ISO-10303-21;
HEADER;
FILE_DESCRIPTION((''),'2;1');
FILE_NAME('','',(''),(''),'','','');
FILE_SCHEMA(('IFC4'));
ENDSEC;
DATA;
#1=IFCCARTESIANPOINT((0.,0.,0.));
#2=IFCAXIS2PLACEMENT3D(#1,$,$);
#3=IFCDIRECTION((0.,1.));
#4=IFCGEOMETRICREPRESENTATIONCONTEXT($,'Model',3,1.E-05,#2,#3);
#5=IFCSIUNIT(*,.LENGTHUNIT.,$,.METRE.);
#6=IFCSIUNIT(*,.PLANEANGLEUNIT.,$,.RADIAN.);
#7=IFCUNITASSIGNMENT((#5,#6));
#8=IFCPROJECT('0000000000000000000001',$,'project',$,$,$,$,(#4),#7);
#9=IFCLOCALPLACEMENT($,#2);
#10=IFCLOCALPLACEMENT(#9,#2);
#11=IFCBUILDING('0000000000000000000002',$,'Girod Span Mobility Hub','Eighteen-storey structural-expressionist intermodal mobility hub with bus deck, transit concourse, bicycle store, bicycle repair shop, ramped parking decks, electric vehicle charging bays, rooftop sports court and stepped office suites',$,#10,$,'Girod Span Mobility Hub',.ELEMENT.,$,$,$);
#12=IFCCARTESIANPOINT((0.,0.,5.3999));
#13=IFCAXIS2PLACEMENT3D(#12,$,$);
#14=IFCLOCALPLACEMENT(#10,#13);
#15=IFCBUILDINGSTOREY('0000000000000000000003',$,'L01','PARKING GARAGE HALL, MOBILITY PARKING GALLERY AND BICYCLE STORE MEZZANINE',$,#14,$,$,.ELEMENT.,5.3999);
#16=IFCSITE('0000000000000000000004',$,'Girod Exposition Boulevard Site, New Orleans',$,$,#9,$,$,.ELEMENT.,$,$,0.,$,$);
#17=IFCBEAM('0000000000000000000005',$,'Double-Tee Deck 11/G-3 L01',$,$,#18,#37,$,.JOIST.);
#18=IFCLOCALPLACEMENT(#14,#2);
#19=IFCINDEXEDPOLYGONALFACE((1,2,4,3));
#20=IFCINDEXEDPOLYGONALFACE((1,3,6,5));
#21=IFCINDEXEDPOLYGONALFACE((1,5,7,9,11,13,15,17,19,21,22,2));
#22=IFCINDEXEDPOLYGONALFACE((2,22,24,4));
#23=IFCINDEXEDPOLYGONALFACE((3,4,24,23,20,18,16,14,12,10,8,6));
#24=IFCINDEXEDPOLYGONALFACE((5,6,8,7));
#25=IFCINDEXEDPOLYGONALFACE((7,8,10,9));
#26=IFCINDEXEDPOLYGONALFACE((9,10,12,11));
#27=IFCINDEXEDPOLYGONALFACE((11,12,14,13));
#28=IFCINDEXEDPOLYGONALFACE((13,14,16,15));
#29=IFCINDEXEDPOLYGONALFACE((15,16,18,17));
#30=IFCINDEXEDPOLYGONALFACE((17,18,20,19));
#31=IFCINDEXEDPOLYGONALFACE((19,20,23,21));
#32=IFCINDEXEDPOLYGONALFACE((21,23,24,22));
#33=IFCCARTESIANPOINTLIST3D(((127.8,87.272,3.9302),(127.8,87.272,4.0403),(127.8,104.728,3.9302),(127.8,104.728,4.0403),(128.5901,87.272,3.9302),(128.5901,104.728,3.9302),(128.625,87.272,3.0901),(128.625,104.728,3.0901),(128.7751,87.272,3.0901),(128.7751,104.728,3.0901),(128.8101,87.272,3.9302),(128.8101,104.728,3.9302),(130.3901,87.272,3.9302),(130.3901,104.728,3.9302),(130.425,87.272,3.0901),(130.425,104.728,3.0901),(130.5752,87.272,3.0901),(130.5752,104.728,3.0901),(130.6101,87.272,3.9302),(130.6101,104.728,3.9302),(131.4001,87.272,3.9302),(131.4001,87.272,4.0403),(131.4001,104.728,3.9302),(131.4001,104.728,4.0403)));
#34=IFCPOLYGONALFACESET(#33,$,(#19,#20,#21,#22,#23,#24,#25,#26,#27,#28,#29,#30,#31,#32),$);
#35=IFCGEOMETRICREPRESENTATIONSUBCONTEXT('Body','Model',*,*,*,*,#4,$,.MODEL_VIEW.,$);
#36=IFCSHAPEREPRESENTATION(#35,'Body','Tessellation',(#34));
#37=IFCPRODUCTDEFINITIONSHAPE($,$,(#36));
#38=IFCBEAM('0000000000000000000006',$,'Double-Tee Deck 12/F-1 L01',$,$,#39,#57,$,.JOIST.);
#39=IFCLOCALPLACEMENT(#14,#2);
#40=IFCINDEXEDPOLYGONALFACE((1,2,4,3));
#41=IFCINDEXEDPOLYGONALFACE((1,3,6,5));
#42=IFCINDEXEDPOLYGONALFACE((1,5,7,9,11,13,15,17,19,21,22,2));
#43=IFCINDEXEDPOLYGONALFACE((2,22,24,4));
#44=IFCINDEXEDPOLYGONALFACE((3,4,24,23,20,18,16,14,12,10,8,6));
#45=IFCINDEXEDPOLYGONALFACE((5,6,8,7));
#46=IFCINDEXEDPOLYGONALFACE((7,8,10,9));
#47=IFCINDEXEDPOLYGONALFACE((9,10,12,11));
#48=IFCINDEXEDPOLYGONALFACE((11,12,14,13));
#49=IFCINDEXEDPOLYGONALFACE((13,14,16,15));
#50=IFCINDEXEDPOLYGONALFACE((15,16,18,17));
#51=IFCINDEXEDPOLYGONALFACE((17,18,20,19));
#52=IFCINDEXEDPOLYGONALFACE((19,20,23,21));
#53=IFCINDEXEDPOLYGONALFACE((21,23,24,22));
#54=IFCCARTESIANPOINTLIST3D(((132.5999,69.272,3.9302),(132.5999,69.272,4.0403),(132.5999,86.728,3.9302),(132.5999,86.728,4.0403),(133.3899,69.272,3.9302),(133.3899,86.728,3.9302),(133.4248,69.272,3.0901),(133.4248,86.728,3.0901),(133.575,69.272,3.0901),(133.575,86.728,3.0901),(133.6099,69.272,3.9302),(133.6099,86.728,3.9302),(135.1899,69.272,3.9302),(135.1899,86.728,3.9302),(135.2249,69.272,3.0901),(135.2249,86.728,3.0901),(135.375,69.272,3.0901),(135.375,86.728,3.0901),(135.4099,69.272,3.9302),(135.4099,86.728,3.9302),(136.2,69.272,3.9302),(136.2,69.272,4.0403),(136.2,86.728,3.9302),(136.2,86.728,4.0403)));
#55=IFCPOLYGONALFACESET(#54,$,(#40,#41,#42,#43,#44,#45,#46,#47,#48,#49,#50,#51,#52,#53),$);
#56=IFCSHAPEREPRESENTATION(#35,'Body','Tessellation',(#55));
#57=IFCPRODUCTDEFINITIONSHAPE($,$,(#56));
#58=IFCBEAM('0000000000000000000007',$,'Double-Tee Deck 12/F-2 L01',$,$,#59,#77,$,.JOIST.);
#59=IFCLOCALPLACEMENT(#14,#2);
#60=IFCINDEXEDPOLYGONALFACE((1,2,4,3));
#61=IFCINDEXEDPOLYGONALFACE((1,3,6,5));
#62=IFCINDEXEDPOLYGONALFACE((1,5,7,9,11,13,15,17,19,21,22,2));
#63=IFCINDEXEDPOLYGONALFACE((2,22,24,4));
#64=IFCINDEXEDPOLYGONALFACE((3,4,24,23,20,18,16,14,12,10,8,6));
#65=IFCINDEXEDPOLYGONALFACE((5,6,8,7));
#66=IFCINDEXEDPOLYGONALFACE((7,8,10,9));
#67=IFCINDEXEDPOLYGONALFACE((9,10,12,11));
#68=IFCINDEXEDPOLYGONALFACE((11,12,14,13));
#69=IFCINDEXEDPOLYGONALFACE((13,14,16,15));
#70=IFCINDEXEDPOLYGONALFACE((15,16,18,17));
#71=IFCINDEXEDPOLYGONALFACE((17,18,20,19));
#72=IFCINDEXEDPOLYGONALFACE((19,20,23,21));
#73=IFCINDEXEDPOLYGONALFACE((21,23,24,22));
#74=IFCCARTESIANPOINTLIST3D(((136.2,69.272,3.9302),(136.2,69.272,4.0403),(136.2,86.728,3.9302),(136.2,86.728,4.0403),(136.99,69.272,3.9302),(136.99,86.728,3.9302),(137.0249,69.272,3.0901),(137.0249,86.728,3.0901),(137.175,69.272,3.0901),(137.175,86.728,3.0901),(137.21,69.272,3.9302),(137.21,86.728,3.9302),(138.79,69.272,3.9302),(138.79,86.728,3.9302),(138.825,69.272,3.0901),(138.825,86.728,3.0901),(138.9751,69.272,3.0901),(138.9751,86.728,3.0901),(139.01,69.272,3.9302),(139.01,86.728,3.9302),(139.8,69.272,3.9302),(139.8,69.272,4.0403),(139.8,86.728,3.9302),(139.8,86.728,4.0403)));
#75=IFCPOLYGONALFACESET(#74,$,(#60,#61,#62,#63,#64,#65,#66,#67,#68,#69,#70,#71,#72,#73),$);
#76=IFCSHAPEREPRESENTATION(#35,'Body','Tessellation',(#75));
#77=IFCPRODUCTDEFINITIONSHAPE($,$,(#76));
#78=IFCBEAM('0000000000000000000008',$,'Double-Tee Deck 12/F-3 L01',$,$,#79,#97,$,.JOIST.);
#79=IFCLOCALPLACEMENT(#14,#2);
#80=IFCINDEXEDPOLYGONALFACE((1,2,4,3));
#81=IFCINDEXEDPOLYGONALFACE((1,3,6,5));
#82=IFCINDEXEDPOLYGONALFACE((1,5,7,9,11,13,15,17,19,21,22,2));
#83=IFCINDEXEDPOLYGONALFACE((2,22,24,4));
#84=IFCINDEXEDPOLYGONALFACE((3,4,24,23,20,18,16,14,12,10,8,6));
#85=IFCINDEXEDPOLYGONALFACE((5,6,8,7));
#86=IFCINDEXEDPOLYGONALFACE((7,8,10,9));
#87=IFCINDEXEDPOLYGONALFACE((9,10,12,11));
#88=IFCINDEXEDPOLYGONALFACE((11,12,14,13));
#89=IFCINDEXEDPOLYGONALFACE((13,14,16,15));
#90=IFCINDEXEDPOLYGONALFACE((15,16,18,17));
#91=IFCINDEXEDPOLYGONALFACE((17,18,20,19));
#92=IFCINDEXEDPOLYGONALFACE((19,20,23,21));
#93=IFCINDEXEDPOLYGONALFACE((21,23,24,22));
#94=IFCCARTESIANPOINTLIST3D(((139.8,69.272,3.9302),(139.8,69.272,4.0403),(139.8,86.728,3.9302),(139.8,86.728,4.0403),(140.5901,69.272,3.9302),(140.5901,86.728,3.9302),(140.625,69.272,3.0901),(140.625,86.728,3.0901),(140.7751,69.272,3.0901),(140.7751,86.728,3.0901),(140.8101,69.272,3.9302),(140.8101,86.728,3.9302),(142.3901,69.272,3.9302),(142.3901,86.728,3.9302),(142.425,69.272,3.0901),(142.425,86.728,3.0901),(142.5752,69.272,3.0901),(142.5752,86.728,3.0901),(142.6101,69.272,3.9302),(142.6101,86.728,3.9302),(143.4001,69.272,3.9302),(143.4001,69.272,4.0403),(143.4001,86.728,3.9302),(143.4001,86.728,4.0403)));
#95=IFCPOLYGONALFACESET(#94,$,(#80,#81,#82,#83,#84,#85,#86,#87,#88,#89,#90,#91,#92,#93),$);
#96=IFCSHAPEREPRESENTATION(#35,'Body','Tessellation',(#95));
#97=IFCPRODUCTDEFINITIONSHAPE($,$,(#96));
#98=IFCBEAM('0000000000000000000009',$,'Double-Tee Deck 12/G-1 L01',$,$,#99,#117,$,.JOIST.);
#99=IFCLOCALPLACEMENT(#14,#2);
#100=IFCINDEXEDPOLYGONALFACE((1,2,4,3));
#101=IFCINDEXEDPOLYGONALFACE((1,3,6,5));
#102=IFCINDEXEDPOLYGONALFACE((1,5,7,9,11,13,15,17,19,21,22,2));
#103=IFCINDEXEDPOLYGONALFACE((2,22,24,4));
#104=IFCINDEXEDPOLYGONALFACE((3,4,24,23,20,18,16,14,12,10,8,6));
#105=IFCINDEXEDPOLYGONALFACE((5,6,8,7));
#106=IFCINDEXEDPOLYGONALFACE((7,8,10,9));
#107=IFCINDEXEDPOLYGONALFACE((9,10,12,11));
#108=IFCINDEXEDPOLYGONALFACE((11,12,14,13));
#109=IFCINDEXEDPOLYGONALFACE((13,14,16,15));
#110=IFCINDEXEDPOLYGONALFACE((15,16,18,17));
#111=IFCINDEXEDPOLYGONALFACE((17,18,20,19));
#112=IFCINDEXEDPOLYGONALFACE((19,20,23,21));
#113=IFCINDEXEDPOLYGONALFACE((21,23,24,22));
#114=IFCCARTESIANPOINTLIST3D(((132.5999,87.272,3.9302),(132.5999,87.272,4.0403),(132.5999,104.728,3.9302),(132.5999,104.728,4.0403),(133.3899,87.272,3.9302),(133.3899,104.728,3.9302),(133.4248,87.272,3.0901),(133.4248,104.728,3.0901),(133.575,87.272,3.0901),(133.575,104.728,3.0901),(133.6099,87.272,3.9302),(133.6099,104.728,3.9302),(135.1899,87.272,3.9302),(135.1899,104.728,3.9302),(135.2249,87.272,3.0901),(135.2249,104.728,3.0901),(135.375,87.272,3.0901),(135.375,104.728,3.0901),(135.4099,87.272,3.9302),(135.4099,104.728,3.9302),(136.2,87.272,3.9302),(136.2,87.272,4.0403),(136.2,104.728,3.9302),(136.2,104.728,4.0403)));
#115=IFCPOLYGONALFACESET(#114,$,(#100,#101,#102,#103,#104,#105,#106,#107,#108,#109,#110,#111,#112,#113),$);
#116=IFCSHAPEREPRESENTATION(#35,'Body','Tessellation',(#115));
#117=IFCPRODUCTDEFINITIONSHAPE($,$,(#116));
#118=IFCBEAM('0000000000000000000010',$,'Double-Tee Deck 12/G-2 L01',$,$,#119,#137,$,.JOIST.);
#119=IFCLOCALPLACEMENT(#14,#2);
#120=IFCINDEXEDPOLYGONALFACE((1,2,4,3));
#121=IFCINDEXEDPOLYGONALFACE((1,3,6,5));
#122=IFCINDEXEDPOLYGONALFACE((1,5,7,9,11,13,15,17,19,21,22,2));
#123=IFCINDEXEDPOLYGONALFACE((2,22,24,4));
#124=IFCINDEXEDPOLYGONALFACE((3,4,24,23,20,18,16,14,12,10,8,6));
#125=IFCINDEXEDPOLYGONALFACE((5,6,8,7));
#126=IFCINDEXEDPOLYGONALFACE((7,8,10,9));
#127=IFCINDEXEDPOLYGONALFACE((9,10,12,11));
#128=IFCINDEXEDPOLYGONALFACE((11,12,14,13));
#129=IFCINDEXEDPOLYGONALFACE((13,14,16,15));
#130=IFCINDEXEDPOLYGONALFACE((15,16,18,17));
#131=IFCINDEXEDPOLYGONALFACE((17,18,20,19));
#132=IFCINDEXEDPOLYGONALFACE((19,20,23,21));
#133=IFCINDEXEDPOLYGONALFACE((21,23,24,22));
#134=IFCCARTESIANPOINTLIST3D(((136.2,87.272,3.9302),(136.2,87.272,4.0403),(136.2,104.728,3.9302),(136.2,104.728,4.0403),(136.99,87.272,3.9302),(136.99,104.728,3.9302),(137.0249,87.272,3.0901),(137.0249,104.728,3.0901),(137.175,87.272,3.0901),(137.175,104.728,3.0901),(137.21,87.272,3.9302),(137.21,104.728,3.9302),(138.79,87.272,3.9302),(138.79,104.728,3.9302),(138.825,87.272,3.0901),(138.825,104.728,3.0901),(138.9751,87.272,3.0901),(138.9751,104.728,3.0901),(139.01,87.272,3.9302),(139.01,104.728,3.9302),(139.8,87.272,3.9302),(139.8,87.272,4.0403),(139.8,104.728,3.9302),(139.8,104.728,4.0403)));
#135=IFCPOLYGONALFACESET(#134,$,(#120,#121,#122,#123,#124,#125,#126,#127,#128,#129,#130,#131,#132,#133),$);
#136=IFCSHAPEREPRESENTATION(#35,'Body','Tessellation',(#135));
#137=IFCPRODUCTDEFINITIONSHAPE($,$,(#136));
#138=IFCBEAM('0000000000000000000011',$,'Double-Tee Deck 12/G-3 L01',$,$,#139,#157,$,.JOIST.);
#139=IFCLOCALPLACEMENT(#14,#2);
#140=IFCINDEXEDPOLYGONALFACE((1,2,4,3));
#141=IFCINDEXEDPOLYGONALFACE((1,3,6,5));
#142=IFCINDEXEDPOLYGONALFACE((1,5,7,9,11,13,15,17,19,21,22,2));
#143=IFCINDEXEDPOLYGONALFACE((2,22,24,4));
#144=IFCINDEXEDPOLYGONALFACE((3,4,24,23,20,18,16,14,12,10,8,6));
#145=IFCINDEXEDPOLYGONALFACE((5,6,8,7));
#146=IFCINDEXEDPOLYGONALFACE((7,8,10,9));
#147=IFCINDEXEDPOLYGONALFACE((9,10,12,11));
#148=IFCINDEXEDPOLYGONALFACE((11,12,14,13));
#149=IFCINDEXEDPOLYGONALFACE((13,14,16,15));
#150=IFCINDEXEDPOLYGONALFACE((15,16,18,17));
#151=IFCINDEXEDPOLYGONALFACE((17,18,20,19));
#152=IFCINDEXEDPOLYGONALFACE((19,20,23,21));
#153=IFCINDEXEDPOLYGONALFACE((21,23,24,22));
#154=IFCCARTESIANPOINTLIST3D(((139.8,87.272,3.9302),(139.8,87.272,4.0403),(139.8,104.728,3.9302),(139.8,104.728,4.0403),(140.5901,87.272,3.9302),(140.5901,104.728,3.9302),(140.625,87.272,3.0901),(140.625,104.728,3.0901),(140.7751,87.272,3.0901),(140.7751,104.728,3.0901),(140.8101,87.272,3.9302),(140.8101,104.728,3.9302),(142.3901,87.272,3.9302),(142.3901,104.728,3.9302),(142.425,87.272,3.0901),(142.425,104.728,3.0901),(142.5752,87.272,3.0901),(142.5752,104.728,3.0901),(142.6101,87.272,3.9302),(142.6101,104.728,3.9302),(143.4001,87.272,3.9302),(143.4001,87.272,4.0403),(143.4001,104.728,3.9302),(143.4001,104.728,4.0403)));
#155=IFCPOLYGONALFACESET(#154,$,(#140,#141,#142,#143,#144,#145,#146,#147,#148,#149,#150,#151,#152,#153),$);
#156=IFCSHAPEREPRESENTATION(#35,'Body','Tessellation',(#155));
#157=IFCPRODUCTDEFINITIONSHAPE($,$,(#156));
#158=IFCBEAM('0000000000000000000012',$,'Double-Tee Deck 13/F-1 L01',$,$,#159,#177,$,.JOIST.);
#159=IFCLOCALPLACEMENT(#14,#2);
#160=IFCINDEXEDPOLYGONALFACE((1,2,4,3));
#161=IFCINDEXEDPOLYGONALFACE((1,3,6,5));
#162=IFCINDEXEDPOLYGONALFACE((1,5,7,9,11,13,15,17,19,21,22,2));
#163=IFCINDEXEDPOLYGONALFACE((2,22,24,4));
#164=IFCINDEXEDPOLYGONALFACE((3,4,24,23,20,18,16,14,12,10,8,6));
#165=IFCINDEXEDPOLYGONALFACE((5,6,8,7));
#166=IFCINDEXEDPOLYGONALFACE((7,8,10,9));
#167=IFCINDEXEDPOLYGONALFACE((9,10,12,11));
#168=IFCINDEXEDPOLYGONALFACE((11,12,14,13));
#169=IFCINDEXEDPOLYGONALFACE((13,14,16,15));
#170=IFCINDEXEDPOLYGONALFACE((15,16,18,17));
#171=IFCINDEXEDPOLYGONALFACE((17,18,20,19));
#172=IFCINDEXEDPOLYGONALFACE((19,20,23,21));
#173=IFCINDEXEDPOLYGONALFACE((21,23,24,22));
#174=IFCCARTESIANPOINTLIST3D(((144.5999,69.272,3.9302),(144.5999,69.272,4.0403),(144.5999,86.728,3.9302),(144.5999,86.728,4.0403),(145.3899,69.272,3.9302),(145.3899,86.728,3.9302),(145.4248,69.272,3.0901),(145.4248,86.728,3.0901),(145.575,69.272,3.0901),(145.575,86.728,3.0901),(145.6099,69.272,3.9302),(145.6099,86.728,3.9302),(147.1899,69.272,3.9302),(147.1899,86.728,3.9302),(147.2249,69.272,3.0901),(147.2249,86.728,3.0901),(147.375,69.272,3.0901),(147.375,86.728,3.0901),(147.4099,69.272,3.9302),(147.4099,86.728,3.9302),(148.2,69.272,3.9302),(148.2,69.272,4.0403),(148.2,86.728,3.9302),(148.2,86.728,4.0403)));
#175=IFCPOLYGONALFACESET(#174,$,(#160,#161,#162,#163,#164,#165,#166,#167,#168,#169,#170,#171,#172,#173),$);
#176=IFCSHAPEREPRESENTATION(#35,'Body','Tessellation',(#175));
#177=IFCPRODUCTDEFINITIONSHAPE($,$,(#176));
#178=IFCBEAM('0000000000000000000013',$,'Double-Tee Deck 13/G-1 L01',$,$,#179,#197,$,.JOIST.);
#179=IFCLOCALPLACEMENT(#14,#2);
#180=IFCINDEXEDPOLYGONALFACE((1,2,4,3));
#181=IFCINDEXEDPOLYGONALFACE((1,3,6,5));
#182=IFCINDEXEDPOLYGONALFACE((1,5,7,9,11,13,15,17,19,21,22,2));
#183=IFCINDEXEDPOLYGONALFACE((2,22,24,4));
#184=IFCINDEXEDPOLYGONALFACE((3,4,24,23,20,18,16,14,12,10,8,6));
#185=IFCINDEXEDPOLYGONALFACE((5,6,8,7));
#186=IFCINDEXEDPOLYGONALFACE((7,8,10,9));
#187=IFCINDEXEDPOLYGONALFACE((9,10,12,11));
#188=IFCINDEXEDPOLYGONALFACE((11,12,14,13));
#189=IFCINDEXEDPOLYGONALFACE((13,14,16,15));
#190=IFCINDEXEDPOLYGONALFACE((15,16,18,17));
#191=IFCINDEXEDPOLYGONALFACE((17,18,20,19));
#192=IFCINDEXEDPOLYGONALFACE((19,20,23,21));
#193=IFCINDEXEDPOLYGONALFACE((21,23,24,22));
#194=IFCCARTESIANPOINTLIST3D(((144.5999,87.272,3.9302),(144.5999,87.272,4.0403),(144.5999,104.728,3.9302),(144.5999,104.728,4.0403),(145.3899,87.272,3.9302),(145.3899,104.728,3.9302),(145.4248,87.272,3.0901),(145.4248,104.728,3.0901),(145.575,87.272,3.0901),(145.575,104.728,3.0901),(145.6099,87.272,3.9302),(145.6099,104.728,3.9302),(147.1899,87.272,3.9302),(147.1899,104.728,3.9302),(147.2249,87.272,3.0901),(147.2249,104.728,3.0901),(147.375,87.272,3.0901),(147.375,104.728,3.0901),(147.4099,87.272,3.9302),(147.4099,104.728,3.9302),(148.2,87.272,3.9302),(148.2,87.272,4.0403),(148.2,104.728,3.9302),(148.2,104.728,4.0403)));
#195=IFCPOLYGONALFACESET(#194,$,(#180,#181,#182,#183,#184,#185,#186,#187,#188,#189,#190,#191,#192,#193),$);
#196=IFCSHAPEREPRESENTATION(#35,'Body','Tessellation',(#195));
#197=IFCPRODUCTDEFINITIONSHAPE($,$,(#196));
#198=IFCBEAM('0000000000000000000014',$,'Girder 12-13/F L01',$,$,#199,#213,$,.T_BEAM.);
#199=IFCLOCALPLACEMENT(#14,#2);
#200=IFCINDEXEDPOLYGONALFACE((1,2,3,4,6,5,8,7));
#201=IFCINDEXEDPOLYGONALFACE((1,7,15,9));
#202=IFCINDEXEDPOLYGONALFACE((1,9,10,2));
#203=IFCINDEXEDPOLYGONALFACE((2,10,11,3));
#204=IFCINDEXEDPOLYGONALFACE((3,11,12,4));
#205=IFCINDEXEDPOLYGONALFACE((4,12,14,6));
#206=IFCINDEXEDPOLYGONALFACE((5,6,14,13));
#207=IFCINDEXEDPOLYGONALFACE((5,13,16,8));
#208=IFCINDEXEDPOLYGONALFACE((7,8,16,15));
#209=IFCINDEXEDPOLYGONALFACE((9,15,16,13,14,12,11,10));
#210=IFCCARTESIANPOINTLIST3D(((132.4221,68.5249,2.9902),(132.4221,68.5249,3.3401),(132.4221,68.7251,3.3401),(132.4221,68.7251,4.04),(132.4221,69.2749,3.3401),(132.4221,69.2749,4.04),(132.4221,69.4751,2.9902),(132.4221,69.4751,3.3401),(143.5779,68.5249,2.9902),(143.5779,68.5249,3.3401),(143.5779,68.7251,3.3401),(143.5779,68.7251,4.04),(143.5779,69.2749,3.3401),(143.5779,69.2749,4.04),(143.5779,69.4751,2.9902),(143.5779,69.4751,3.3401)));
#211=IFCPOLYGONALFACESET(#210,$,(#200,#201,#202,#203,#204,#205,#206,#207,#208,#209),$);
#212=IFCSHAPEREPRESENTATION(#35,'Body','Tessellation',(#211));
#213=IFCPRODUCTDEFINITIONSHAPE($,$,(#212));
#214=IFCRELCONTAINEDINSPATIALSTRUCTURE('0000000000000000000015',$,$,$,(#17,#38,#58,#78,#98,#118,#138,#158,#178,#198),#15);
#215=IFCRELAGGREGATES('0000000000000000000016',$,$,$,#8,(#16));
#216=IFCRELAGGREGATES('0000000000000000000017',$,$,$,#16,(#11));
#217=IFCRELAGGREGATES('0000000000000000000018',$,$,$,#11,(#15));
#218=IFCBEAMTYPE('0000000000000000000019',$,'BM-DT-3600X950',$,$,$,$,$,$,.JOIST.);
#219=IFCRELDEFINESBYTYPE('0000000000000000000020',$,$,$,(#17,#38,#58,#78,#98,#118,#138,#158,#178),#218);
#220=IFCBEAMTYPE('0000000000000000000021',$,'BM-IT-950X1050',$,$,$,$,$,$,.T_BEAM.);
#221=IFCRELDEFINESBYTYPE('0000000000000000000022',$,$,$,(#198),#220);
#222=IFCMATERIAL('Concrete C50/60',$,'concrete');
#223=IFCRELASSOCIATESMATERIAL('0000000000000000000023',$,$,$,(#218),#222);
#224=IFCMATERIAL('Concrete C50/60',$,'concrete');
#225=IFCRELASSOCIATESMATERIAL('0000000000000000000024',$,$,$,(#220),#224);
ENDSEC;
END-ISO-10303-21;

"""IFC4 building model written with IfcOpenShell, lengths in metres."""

from ifc_helpers import new_model, si_unit, direction, frame, origin, place, context, subcontext, project, spatial, polyline, outline, extrude, material, material_profile, profile_set, type_object, element, save


model = new_model("IFC4")

# Units and contexts
model_context = context("Model", 3, precision=1e-05, world=origin(), true_north=direction((0.0, 1.0)))
body_context = subcontext(model_context, "Body", "Model", "MODEL_VIEW")
ifc_project = project(units=[si_unit("LENGTHUNIT", "METRE"), si_unit("PLANEANGLEUNIT", "RADIAN")], contexts=[model_context])

# Site, building, storey
site_placement = place(None, origin())
site = spatial("IfcSite", under=ifc_project, at=site_placement, Name="Girod Exposition Boulevard Site, New Orleans", CompositionType="ELEMENT", RefElevation=0.0)
building_placement = place(site_placement, origin())
building = spatial("IfcBuilding", under=site, at=building_placement, Name="Girod Span Mobility Hub", Description="Eighteen-storey structural-expressionist intermodal mobility hub with bus deck, transit concourse, bicycle store, bicycle repair shop, ramped parking decks, electric vehicle charging bays, rooftop sports court and stepped office suites", LongName="Girod Span Mobility Hub", CompositionType="ELEMENT")
storey_placement = place(building_placement, frame((0.0, 0.0, 5.3999)))
storey = spatial("IfcBuildingStorey", under=building, at=storey_placement, Name="L01", Description="PARKING GARAGE HALL, MOBILITY PARKING GALLERY AND BICYCLE STORE MEZZANINE", CompositionType="ELEMENT", Elevation=5.3999)

# Beams
ifc_material_1 = material(Name="Concrete C50/60", Category="concrete")
ifc_material_profile_1 = material_profile(ifc_material_1, outline(polyline([(-1.8, 0.4751), (-1.8, 0.365), (-1.01, 0.365), (-0.9751, -0.4751), (-0.825, -0.4751), (-0.79, 0.365), (0.79, 0.365), (0.825, -0.4751), (0.9751, -0.4751), (1.01, 0.365), (1.8, 0.365), (1.8, 0.4751), (-1.8, 0.4751)])), Name="DT-3600X950")
ifc_profile_set_1 = profile_set([ifc_material_profile_1], Name="Concrete C50/60")
beam_type_1 = type_object("IfcBeamType", Name="BM-DT-3600X950", PredefinedType="JOIST", material=ifc_profile_set_1)
for number, where, z_axis, x_axis, name in (
    (1, (129.6001, 87.272, 3.5652), (0.0, 1.0, 0.0), (-1.0, 0.0, 0.0), "Double-Tee Deck 11/G-3 L01"),
    (2, (134.3999, 69.272, 3.5652), (0.0, 1.0, 0.0), (-1.0, 0.0, 0.0), "Double-Tee Deck 12/F-1 L01"),
    (3, (138.0, 69.272, 3.5652), (0.0, 1.0, 0.0), (-1.0, 0.0, 0.0), "Double-Tee Deck 12/F-2 L01"),
    (4, (141.6001, 69.272, 3.5652), (0.0, 1.0, 0.0), (-1.0, 0.0, 0.0), "Double-Tee Deck 12/F-3 L01"),
    (5, (134.3999, 87.272, 3.5652), (0.0, 1.0, 0.0), (-1.0, 0.0, 0.0), "Double-Tee Deck 12/G-1 L01"),
    (6, (138.0, 87.272, 3.5652), (0.0, 1.0, 0.0), (-1.0, 0.0, 0.0), "Double-Tee Deck 12/G-2 L01"),
    (7, (141.6001, 87.272, 3.5652), (0.0, 1.0, 0.0), (-1.0, 0.0, 0.0), "Double-Tee Deck 12/G-3 L01"),
    (8, (146.3999, 69.272, 3.5652), (0.0, 1.0, 0.0), (-1.0, 0.0, 0.0), "Double-Tee Deck 13/F-1 L01"),
    (9, (146.3999, 87.272, 3.5652), (0.0, 1.0, 0.0), (-1.0, 0.0, 0.0), "Double-Tee Deck 13/G-1 L01"),
):
    element("IfcBeam", number, at=place(storey_placement, frame(where, z_axis=z_axis, x_axis=x_axis)), inside=storey, type_object=beam_type_1, Name=name, PredefinedType="JOIST", context=body_context, shape_type="SweptSolid", body=[
        extrude(outline(polyline([(-1.8, 0.4751), (-1.8, 0.365), (-1.01, 0.365), (-0.9751, -0.4751), (-0.825, -0.4751), (-0.79, 0.365), (0.79, 0.365), (0.825, -0.4751), (0.9751, -0.4751), (1.01, 0.365), (1.8, 0.365), (1.8, 0.4751), (-1.8, 0.4751)])), origin(), (0.0, 0.0, 1.0), 17.4561),
    ])
ifc_material_2 = material(Name="Concrete C50/60", Category="concrete")
ifc_material_profile_2 = material_profile(ifc_material_2, outline(polyline([(-0.4751, -0.5249), (0.4751, -0.5249), (0.4751, -0.175), (0.2749, -0.175), (0.2749, 0.5249), (-0.2749, 0.5249), (-0.2749, -0.175), (-0.4751, -0.175), (-0.4751, -0.5249)])), Name="IT-950X1050")
ifc_profile_set_2 = profile_set([ifc_material_profile_2], Name="Concrete C50/60")
beam_type_2 = type_object("IfcBeamType", Name="BM-IT-950X1050", PredefinedType="T_BEAM", material=ifc_profile_set_2)
for number, where, z_axis, x_axis, name in (
    (10, (132.4221, 69.0, 3.5151), (1.0, 0.0, 0.0), (0.0, 1.0, 0.0), "Girder 12-13/F L01"),
):
    element("IfcBeam", number, at=place(storey_placement, frame(where, z_axis=z_axis, x_axis=x_axis)), inside=storey, type_object=beam_type_2, Name=name, PredefinedType="T_BEAM", context=body_context, shape_type="SweptSolid", body=[
        extrude(outline(polyline([(-0.4751, -0.5249), (0.4751, -0.5249), (0.4751, -0.175), (0.2749, -0.175), (0.2749, 0.5249), (-0.2749, 0.5249), (-0.2749, -0.175), (-0.4751, -0.175), (-0.4751, -0.5249)])), origin(), (0.0, 0.0, 1.0), 11.1558),
    ])

save(model, "model.ifc")
